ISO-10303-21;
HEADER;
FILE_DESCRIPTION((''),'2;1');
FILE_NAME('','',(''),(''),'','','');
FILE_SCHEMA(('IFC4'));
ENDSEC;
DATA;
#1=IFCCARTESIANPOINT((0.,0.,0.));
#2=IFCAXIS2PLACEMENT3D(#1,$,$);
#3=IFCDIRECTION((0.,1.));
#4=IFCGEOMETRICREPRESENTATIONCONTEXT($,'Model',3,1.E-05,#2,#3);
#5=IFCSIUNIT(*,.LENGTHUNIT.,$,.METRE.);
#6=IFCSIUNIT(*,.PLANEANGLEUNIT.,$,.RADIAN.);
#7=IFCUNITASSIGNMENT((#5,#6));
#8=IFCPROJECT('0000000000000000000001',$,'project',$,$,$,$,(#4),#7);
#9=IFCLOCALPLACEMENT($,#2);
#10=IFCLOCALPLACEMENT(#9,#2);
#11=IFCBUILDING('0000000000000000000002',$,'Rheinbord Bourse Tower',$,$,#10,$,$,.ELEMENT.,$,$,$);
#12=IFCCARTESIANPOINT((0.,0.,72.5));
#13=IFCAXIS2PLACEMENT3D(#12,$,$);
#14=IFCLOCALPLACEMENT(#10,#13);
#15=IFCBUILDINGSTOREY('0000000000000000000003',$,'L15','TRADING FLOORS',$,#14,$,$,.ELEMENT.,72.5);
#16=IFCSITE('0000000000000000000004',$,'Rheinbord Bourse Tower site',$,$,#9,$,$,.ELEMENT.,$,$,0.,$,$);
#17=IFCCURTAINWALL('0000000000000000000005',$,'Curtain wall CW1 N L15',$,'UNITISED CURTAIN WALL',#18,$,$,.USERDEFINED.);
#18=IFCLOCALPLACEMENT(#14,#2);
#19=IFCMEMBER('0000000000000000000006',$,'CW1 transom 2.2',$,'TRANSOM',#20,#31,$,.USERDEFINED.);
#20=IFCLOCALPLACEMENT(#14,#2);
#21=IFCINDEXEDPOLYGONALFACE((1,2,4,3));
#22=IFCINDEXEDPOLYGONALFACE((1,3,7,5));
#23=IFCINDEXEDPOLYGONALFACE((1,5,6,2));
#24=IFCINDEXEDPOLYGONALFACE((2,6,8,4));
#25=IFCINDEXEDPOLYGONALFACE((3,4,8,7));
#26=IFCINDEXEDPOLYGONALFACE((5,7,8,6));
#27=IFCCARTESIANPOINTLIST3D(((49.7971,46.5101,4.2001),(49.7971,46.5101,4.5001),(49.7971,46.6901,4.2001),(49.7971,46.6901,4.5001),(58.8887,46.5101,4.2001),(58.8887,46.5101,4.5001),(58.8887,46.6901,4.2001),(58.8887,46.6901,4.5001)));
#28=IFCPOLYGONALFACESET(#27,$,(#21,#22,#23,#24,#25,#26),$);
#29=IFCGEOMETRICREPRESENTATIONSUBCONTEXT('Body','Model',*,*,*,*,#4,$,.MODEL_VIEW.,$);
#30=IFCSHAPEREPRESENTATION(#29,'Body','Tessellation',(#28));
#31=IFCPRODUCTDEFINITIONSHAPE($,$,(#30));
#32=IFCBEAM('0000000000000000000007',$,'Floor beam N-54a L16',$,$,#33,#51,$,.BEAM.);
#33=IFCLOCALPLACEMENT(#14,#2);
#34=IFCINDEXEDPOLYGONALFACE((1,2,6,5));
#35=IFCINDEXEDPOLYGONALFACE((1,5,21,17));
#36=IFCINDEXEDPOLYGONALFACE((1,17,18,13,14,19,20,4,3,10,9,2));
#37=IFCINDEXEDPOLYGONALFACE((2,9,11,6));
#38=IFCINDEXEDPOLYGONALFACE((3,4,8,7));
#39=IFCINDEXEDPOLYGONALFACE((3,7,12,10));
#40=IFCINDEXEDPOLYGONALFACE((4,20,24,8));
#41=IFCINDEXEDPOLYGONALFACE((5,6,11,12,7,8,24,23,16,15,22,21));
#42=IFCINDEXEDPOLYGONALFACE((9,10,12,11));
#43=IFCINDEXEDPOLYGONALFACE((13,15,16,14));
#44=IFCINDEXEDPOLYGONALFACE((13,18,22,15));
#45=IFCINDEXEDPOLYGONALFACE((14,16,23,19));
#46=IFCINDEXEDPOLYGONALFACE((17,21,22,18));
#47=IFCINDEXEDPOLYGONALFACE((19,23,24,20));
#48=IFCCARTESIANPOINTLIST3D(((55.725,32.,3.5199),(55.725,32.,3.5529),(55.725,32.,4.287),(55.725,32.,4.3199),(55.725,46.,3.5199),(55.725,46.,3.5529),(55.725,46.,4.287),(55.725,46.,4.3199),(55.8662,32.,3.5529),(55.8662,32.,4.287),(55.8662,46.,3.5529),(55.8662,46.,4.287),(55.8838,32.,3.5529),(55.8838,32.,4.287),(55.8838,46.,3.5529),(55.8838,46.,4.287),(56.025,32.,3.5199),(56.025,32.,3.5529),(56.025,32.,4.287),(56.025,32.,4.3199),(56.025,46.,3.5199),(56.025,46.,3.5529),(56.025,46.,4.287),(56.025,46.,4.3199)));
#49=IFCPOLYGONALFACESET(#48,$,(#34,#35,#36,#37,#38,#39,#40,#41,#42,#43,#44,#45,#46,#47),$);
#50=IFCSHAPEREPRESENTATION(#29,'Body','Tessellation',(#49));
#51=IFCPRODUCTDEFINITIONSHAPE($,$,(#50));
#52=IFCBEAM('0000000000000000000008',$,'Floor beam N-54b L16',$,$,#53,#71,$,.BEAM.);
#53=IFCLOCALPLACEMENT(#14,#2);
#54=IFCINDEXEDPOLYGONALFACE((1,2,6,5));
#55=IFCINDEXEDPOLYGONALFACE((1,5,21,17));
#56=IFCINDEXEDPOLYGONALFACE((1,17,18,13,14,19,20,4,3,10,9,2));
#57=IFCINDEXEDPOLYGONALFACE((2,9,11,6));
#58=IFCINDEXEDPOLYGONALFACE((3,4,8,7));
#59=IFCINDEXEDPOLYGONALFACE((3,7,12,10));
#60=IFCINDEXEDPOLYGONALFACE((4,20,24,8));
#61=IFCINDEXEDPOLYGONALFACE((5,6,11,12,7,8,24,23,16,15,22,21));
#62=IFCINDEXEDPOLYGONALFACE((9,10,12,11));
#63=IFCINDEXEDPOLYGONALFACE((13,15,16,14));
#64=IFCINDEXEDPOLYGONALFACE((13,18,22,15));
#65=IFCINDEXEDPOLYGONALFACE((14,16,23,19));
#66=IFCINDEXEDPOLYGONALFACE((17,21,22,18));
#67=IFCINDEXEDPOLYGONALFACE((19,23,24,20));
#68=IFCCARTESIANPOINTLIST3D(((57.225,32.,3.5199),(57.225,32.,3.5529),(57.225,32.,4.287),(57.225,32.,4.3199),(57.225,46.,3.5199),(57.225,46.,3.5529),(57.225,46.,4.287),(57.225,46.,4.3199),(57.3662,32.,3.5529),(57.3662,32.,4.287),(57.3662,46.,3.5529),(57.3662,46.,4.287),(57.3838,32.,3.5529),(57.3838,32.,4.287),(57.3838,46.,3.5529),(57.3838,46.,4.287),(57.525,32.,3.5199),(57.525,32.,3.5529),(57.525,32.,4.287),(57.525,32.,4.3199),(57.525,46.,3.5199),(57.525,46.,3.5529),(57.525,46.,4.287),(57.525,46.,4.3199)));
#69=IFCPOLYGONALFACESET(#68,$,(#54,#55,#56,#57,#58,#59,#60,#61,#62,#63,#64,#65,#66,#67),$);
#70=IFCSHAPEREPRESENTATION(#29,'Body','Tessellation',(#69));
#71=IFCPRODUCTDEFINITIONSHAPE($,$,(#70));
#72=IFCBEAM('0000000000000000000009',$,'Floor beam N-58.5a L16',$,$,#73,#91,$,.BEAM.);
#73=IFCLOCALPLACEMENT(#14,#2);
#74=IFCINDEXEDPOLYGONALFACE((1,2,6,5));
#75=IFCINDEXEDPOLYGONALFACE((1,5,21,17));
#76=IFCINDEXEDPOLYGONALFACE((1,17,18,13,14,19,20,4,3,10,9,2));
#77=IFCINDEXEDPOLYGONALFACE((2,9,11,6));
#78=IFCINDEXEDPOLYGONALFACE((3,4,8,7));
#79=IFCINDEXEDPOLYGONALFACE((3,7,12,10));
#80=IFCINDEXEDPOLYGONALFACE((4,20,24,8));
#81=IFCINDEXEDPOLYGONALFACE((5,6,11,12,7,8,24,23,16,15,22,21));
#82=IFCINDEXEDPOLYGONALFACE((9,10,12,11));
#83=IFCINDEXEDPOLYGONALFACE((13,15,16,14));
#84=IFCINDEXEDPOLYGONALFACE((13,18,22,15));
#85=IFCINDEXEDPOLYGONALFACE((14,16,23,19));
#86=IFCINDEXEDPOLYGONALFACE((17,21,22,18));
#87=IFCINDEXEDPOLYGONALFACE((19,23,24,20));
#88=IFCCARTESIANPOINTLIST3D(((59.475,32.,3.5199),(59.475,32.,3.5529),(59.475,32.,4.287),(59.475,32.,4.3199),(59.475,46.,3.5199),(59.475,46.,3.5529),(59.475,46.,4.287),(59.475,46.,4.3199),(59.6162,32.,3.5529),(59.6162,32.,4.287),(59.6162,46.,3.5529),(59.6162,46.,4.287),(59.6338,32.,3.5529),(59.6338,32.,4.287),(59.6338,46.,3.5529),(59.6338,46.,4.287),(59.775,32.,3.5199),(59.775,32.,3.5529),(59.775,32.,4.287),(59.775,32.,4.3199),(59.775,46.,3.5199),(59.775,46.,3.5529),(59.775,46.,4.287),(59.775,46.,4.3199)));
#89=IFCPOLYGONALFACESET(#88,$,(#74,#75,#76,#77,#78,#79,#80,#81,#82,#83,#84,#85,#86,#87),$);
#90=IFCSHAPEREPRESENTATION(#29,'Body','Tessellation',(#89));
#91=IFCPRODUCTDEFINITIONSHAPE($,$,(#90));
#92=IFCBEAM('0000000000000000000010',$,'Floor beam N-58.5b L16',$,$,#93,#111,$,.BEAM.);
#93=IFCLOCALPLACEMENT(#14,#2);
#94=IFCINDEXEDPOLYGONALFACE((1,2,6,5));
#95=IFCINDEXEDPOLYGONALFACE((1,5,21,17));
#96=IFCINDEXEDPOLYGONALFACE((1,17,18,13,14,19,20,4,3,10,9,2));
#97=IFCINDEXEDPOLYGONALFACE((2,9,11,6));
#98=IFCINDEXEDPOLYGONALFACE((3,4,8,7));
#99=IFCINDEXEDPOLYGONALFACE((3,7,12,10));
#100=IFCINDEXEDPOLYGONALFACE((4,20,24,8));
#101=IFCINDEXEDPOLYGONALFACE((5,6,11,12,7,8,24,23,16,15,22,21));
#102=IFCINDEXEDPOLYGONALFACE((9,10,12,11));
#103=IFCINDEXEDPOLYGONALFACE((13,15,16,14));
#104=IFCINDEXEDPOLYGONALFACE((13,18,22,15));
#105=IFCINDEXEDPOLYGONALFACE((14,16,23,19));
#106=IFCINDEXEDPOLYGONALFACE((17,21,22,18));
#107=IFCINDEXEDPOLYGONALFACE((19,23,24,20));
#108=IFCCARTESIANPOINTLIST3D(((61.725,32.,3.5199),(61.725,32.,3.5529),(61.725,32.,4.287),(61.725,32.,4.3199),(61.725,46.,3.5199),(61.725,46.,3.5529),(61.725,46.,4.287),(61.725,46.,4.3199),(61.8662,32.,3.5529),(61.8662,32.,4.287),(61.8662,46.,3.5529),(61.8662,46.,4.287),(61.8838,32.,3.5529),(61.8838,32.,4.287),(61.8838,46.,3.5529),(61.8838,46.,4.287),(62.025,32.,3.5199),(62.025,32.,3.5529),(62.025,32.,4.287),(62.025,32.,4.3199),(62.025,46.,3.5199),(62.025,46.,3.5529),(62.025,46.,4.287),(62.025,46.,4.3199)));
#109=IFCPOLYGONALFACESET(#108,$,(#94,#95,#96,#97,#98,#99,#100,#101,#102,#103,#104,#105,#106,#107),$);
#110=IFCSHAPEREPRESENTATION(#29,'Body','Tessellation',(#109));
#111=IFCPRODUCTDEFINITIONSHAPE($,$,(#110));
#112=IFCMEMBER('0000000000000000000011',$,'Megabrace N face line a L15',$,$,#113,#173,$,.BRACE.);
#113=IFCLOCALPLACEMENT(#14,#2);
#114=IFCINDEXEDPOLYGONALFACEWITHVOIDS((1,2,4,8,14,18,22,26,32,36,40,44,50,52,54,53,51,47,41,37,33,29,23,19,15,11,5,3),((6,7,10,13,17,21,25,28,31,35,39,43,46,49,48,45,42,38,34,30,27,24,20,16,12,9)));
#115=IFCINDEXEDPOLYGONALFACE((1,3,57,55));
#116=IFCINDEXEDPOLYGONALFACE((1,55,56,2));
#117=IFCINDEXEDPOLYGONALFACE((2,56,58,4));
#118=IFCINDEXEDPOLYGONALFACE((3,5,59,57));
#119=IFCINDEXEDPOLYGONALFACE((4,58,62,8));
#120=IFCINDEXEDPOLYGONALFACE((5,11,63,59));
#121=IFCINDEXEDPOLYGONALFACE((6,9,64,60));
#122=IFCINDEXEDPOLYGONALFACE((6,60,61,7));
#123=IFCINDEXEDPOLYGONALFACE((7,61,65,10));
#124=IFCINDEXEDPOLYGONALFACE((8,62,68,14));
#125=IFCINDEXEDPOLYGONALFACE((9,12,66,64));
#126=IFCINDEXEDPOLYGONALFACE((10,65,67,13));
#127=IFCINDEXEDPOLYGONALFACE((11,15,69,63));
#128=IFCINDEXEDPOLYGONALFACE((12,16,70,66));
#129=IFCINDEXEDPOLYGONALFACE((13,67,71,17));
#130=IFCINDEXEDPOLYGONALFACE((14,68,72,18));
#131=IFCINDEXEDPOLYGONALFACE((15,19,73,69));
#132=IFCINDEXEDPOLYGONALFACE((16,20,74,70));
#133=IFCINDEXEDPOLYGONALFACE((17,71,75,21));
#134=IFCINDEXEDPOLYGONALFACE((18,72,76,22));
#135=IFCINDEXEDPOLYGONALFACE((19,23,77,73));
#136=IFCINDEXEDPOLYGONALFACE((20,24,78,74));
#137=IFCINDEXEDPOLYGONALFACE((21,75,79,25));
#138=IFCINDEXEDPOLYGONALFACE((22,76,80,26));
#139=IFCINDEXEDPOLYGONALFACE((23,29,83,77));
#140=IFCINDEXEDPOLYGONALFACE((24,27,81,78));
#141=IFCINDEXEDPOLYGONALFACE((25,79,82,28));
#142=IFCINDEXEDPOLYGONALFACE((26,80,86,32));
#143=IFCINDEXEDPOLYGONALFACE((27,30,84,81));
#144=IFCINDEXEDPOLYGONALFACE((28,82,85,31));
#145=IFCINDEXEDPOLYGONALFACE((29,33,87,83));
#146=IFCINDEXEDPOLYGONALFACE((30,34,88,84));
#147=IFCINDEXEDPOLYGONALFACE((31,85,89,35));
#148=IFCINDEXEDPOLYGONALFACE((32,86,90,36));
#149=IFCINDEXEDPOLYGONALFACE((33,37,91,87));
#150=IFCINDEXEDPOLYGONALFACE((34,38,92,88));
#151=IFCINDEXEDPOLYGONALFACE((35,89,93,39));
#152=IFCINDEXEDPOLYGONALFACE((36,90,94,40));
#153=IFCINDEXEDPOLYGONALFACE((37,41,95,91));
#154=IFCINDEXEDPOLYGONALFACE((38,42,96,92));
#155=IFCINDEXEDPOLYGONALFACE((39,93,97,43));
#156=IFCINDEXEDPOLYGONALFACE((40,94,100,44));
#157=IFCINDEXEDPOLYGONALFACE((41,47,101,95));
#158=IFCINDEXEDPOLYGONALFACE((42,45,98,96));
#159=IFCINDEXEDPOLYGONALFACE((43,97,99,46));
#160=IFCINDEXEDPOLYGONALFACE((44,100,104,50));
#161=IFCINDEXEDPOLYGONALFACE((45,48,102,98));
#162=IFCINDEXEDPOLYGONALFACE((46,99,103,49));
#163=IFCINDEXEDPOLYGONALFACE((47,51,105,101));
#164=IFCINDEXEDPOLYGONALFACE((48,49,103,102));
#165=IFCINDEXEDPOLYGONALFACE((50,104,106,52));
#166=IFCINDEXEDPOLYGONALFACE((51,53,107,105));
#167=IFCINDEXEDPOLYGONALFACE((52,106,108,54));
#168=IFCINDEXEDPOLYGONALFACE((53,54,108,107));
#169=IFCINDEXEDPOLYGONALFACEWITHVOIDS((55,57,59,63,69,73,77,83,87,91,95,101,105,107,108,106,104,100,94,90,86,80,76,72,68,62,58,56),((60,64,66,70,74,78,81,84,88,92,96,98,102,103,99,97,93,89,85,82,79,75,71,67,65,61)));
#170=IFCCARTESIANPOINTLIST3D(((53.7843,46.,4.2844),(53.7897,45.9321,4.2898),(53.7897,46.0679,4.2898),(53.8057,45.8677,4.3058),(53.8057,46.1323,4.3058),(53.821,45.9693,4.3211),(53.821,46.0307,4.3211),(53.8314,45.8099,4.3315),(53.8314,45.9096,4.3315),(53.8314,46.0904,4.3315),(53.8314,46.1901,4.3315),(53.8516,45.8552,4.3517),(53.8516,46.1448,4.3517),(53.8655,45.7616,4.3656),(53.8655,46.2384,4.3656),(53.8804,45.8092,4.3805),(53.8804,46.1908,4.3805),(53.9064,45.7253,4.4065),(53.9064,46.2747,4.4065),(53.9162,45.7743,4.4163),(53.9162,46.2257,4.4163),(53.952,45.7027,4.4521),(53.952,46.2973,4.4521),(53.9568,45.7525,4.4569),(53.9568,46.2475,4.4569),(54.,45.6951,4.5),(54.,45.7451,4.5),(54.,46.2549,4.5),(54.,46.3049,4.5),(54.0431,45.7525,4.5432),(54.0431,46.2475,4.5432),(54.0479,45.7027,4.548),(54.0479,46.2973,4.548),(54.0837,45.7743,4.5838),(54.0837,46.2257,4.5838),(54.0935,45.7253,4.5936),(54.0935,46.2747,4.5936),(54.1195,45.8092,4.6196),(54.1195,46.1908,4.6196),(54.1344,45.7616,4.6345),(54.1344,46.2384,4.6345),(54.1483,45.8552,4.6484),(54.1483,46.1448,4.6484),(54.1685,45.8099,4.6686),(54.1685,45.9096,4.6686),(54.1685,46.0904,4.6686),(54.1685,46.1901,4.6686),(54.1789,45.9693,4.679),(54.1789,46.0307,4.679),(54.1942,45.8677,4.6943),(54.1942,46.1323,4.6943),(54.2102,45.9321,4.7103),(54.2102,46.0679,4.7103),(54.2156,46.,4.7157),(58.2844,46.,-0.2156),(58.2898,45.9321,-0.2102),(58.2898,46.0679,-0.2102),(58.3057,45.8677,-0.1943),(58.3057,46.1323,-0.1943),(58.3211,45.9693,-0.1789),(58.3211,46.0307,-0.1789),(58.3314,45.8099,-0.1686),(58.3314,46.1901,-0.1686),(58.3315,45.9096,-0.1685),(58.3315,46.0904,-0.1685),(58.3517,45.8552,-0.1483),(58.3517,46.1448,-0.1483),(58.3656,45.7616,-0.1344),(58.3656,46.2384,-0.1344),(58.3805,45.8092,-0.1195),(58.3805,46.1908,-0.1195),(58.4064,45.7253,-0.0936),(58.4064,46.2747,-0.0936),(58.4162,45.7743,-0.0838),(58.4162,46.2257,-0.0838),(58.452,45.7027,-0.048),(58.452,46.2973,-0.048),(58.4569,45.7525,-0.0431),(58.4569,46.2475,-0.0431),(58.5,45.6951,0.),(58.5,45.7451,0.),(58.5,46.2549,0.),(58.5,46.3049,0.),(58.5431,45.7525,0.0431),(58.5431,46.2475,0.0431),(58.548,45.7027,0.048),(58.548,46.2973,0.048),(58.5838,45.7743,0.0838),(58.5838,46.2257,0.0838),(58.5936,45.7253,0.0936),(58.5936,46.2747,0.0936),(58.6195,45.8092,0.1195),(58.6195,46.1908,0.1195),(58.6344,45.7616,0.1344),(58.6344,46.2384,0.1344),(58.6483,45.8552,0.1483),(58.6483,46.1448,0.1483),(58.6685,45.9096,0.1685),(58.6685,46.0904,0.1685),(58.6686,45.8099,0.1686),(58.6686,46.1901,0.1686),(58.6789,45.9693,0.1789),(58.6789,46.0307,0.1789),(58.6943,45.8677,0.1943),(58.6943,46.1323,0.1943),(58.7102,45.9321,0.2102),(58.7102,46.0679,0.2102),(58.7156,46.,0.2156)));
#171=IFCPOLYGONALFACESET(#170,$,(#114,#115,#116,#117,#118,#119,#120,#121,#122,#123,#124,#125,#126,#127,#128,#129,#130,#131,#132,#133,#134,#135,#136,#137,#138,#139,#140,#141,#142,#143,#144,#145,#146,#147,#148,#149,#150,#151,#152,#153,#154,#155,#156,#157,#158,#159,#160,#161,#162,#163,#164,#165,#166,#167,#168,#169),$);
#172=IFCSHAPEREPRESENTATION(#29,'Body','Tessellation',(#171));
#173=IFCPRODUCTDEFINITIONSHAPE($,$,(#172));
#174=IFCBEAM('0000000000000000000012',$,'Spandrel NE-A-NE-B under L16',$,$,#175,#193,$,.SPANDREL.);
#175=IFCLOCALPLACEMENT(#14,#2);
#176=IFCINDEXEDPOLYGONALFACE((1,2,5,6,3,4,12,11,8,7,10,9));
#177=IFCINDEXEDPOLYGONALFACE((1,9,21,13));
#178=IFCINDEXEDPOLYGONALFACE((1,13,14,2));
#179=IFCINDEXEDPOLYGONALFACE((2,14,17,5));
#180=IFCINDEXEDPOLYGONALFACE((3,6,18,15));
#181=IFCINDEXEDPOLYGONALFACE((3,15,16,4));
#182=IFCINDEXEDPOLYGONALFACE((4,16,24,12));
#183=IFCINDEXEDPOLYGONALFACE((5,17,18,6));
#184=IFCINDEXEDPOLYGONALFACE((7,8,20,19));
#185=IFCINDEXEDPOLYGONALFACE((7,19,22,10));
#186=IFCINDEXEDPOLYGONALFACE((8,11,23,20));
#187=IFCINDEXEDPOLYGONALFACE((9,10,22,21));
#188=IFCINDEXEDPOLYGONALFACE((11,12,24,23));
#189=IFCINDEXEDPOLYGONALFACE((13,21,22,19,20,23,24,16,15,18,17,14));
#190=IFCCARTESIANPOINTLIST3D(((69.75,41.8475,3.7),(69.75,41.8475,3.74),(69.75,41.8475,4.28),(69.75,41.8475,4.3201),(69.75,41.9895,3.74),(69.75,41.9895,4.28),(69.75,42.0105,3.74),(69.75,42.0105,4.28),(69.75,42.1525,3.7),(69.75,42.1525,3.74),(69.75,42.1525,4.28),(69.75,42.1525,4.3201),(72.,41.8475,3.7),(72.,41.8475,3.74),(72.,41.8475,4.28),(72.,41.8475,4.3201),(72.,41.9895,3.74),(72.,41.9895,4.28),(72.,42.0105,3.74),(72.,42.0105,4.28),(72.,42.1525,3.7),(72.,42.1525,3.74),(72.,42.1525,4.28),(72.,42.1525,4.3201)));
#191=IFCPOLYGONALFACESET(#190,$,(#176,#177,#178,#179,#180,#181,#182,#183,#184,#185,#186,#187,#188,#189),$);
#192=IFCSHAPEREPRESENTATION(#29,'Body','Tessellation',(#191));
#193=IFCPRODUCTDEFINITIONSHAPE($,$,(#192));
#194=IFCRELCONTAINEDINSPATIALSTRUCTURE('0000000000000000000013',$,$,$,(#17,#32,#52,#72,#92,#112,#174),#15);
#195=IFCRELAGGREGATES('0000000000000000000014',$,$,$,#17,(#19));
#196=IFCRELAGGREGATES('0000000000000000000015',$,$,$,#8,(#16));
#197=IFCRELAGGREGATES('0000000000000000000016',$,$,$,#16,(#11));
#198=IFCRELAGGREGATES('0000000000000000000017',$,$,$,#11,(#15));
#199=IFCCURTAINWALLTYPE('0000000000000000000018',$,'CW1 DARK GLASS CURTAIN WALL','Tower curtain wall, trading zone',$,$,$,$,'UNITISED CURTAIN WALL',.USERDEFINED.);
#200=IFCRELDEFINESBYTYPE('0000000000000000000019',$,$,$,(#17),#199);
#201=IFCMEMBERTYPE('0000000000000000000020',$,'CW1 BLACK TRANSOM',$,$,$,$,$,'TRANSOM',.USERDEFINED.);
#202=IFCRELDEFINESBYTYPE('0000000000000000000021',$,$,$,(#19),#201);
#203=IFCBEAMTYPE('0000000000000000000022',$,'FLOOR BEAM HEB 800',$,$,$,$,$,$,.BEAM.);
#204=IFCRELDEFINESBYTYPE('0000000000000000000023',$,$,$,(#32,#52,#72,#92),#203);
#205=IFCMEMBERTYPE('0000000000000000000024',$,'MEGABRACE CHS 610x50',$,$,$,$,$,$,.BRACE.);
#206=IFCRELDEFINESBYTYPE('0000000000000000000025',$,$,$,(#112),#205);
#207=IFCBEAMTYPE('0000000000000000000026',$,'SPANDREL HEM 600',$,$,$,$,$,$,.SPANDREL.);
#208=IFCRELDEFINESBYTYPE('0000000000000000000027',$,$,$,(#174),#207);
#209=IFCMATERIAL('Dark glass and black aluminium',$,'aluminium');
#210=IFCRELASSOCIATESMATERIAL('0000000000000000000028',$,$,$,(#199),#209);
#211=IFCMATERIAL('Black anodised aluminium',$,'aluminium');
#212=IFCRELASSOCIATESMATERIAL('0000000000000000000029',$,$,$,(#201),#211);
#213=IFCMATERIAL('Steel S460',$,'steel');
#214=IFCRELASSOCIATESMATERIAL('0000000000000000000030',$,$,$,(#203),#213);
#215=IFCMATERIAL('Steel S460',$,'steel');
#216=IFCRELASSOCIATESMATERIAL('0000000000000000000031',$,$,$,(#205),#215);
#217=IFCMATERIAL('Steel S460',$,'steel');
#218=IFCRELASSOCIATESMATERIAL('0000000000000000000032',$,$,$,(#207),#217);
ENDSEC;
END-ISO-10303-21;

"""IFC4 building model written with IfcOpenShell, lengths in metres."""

from ifc_helpers import new_model, si_unit, direction, frame, origin, origin_2d, place, context, subcontext, project, spatial, rectangle, hollow_circle, i_section, extrude, material, material_profile, profile_set, type_object, element, aggregate, save


model = new_model("IFC4")

# Units and contexts
model_context = context("Model", 3, precision=1e-05, world=origin(), true_north=direction((0.0, 1.0)))
body_context = subcontext(model_context, "Body", "Model", "MODEL_VIEW")
ifc_project = project(units=[si_unit("LENGTHUNIT", "METRE"), si_unit("PLANEANGLEUNIT", "RADIAN")], contexts=[model_context])

# Site, building, storey
site_placement = place(None, origin())
site = spatial("IfcSite", under=ifc_project, at=site_placement, Name="Rheinbord Bourse Tower site", CompositionType="ELEMENT", RefElevation=0.0)
building_placement = place(site_placement, origin())
building = spatial("IfcBuilding", under=site, at=building_placement, Name="Rheinbord Bourse Tower", CompositionType="ELEMENT")
storey_placement = place(building_placement, frame((0.0, 0.0, 72.5)))
storey = spatial("IfcBuildingStorey", under=building, at=storey_placement, Name="L15", Description="TRADING FLOORS", CompositionType="ELEMENT", Elevation=72.5)

# Curtain wall
ifc_material_1 = material(Name="Dark glass and black aluminium", Category="aluminium")
curtain_wall_type = type_object("IfcCurtainWallType", Name="CW1 DARK GLASS CURTAIN WALL", Description="Tower curtain wall, trading zone", ElementType="UNITISED CURTAIN WALL", PredefinedType="USERDEFINED", material=ifc_material_1)
curtain_wall_1_placement = place(storey_placement, origin())
curtain_wall_1 = element("IfcCurtainWall", 1, at=curtain_wall_1_placement, inside=storey, type_object=curtain_wall_type, Name="Curtain wall CW1 N L15", ObjectType="UNITISED CURTAIN WALL", PredefinedType="USERDEFINED")

# Member
ifc_material_2 = material(Name="Black anodised aluminium", Category="aluminium")
ifc_material_profile_1 = material_profile(ifc_material_2, rectangle(XDim=0.1799, YDim=0.3, at=origin_2d()), Name="CW1 TRANSOM 300x180")
ifc_profile_set_1 = profile_set([ifc_material_profile_1], Name="Black anodised aluminium")
member_type_1 = type_object("IfcMemberType", Name="CW1 BLACK TRANSOM", ElementType="TRANSOM", PredefinedType="USERDEFINED", material=ifc_profile_set_1)
member_1_placement = place(storey_placement, frame((58.8887, 46.6001, 4.3501), z_axis=(-1.0, 0.0, 0.0), x_axis=(0.0, -1.0, 0.0)))
member_1 = element("IfcMember", 2, at=member_1_placement, type_object=member_type_1, Name="CW1 transom 2.2", ObjectType="TRANSOM", PredefinedType="USERDEFINED", context=body_context, shape_type="SweptSolid", body=[
    extrude(rectangle(XDim=0.1799, YDim=0.3, at=origin_2d()), origin(), (0.0, 0.0, 1.0), 9.0916),
])

# Beams
ifc_material_3 = material(Name="Steel S460", Category="steel")
ifc_material_profile_2 = material_profile(ifc_material_3, i_section(OverallWidth=0.3, OverallDepth=0.8, WebThickness=0.0176, FlangeThickness=0.033, at=origin_2d()), Name="HEB 800")
ifc_profile_set_2 = profile_set([ifc_material_profile_2], Name="Steel S460")
beam_type_1 = type_object("IfcBeamType", Name="FLOOR BEAM HEB 800", PredefinedType="BEAM", material=ifc_profile_set_2)
for number, where, z_axis, x_axis, name in (
    (3, (55.875, 46.0, 3.9199), (0.0, -1.0, 0.0), (1.0, 0.0, 0.0), "Floor beam N-54a L16"),
    (4, (57.375, 46.0, 3.9199), (0.0, -1.0, 0.0), (1.0, 0.0, 0.0), "Floor beam N-54b L16"),
    (5, (59.625, 46.0, 3.9199), (0.0, -1.0, 0.0), (1.0, 0.0, 0.0), "Floor beam N-58.5a L16"),
    (6, (61.875, 46.0, 3.9199), (0.0, -1.0, 0.0), (1.0, 0.0, 0.0), "Floor beam N-58.5b L16"),
):
    element("IfcBeam", number, at=place(storey_placement, frame(where, z_axis=z_axis, x_axis=x_axis)), inside=storey, type_object=beam_type_1, Name=name, PredefinedType="BEAM", context=body_context, shape_type="SweptSolid", body=[
        extrude(i_section(OverallWidth=0.3, OverallDepth=0.8, WebThickness=0.0176, FlangeThickness=0.033, at=origin_2d()), origin(), (0.0, 0.0, 1.0), 14.0),
    ])

# Member
ifc_material_4 = material(Name="Steel S460", Category="steel")
ifc_material_profile_3 = material_profile(ifc_material_4, hollow_circle(Radius=0.3049, WallThickness=0.05, at=origin_2d()), Name="CHS 610x50")
ifc_profile_set_3 = profile_set([ifc_material_profile_3], Name="Steel S460")
member_type_2 = type_object("IfcMemberType", Name="MEGABRACE CHS 610x50", PredefinedType="BRACE", material=ifc_profile_set_3)
member_2_placement = place(storey_placement, frame((58.5, 46.0, 0.0), z_axis=(-0.707107, 0.0, 0.707107), x_axis=(0.0, -1.0, 0.0)))
element("IfcMember", 7, at=member_2_placement, inside=storey, type_object=member_type_2, Name="Megabrace N face line a L15", PredefinedType="BRACE", context=body_context, shape_type="SweptSolid", body=[
    extrude(hollow_circle(Radius=0.3049, WallThickness=0.05, at=origin_2d()), origin(), (0.0, 0.0, 1.0), 6.364),
])

# Beam
ifc_material_5 = material(Name="Steel S460", Category="steel")
ifc_material_profile_4 = material_profile(ifc_material_5, i_section(OverallWidth=0.3049, OverallDepth=0.6201, WebThickness=0.021, FlangeThickness=0.04, at=origin_2d()), Name="HEM 600")
ifc_profile_set_4 = profile_set([ifc_material_profile_4], Name="Steel S460")
beam_type_2 = type_object("IfcBeamType", Name="SPANDREL HEM 600", PredefinedType="SPANDREL", material=ifc_profile_set_4)
for number, where, z_axis, x_axis, name in (
    (8, (72.0, 42.0, 4.01), (-1.0, 0.0, 0.0), (0.0, -1.0, 0.0), "Spandrel NE-A-NE-B under L16"),
):
    element("IfcBeam", number, at=place(storey_placement, frame(where, z_axis=z_axis, x_axis=x_axis)), inside=storey, type_object=beam_type_2, Name=name, PredefinedType="SPANDREL", context=body_context, shape_type="SweptSolid", body=[
        extrude(i_section(OverallWidth=0.3049, OverallDepth=0.6201, WebThickness=0.021, FlangeThickness=0.04, at=origin_2d()), origin(), (0.0, 0.0, 1.0), 2.25),
    ])

aggregate(curtain_wall_1, [member_1])

save(model, "model.ifc")
